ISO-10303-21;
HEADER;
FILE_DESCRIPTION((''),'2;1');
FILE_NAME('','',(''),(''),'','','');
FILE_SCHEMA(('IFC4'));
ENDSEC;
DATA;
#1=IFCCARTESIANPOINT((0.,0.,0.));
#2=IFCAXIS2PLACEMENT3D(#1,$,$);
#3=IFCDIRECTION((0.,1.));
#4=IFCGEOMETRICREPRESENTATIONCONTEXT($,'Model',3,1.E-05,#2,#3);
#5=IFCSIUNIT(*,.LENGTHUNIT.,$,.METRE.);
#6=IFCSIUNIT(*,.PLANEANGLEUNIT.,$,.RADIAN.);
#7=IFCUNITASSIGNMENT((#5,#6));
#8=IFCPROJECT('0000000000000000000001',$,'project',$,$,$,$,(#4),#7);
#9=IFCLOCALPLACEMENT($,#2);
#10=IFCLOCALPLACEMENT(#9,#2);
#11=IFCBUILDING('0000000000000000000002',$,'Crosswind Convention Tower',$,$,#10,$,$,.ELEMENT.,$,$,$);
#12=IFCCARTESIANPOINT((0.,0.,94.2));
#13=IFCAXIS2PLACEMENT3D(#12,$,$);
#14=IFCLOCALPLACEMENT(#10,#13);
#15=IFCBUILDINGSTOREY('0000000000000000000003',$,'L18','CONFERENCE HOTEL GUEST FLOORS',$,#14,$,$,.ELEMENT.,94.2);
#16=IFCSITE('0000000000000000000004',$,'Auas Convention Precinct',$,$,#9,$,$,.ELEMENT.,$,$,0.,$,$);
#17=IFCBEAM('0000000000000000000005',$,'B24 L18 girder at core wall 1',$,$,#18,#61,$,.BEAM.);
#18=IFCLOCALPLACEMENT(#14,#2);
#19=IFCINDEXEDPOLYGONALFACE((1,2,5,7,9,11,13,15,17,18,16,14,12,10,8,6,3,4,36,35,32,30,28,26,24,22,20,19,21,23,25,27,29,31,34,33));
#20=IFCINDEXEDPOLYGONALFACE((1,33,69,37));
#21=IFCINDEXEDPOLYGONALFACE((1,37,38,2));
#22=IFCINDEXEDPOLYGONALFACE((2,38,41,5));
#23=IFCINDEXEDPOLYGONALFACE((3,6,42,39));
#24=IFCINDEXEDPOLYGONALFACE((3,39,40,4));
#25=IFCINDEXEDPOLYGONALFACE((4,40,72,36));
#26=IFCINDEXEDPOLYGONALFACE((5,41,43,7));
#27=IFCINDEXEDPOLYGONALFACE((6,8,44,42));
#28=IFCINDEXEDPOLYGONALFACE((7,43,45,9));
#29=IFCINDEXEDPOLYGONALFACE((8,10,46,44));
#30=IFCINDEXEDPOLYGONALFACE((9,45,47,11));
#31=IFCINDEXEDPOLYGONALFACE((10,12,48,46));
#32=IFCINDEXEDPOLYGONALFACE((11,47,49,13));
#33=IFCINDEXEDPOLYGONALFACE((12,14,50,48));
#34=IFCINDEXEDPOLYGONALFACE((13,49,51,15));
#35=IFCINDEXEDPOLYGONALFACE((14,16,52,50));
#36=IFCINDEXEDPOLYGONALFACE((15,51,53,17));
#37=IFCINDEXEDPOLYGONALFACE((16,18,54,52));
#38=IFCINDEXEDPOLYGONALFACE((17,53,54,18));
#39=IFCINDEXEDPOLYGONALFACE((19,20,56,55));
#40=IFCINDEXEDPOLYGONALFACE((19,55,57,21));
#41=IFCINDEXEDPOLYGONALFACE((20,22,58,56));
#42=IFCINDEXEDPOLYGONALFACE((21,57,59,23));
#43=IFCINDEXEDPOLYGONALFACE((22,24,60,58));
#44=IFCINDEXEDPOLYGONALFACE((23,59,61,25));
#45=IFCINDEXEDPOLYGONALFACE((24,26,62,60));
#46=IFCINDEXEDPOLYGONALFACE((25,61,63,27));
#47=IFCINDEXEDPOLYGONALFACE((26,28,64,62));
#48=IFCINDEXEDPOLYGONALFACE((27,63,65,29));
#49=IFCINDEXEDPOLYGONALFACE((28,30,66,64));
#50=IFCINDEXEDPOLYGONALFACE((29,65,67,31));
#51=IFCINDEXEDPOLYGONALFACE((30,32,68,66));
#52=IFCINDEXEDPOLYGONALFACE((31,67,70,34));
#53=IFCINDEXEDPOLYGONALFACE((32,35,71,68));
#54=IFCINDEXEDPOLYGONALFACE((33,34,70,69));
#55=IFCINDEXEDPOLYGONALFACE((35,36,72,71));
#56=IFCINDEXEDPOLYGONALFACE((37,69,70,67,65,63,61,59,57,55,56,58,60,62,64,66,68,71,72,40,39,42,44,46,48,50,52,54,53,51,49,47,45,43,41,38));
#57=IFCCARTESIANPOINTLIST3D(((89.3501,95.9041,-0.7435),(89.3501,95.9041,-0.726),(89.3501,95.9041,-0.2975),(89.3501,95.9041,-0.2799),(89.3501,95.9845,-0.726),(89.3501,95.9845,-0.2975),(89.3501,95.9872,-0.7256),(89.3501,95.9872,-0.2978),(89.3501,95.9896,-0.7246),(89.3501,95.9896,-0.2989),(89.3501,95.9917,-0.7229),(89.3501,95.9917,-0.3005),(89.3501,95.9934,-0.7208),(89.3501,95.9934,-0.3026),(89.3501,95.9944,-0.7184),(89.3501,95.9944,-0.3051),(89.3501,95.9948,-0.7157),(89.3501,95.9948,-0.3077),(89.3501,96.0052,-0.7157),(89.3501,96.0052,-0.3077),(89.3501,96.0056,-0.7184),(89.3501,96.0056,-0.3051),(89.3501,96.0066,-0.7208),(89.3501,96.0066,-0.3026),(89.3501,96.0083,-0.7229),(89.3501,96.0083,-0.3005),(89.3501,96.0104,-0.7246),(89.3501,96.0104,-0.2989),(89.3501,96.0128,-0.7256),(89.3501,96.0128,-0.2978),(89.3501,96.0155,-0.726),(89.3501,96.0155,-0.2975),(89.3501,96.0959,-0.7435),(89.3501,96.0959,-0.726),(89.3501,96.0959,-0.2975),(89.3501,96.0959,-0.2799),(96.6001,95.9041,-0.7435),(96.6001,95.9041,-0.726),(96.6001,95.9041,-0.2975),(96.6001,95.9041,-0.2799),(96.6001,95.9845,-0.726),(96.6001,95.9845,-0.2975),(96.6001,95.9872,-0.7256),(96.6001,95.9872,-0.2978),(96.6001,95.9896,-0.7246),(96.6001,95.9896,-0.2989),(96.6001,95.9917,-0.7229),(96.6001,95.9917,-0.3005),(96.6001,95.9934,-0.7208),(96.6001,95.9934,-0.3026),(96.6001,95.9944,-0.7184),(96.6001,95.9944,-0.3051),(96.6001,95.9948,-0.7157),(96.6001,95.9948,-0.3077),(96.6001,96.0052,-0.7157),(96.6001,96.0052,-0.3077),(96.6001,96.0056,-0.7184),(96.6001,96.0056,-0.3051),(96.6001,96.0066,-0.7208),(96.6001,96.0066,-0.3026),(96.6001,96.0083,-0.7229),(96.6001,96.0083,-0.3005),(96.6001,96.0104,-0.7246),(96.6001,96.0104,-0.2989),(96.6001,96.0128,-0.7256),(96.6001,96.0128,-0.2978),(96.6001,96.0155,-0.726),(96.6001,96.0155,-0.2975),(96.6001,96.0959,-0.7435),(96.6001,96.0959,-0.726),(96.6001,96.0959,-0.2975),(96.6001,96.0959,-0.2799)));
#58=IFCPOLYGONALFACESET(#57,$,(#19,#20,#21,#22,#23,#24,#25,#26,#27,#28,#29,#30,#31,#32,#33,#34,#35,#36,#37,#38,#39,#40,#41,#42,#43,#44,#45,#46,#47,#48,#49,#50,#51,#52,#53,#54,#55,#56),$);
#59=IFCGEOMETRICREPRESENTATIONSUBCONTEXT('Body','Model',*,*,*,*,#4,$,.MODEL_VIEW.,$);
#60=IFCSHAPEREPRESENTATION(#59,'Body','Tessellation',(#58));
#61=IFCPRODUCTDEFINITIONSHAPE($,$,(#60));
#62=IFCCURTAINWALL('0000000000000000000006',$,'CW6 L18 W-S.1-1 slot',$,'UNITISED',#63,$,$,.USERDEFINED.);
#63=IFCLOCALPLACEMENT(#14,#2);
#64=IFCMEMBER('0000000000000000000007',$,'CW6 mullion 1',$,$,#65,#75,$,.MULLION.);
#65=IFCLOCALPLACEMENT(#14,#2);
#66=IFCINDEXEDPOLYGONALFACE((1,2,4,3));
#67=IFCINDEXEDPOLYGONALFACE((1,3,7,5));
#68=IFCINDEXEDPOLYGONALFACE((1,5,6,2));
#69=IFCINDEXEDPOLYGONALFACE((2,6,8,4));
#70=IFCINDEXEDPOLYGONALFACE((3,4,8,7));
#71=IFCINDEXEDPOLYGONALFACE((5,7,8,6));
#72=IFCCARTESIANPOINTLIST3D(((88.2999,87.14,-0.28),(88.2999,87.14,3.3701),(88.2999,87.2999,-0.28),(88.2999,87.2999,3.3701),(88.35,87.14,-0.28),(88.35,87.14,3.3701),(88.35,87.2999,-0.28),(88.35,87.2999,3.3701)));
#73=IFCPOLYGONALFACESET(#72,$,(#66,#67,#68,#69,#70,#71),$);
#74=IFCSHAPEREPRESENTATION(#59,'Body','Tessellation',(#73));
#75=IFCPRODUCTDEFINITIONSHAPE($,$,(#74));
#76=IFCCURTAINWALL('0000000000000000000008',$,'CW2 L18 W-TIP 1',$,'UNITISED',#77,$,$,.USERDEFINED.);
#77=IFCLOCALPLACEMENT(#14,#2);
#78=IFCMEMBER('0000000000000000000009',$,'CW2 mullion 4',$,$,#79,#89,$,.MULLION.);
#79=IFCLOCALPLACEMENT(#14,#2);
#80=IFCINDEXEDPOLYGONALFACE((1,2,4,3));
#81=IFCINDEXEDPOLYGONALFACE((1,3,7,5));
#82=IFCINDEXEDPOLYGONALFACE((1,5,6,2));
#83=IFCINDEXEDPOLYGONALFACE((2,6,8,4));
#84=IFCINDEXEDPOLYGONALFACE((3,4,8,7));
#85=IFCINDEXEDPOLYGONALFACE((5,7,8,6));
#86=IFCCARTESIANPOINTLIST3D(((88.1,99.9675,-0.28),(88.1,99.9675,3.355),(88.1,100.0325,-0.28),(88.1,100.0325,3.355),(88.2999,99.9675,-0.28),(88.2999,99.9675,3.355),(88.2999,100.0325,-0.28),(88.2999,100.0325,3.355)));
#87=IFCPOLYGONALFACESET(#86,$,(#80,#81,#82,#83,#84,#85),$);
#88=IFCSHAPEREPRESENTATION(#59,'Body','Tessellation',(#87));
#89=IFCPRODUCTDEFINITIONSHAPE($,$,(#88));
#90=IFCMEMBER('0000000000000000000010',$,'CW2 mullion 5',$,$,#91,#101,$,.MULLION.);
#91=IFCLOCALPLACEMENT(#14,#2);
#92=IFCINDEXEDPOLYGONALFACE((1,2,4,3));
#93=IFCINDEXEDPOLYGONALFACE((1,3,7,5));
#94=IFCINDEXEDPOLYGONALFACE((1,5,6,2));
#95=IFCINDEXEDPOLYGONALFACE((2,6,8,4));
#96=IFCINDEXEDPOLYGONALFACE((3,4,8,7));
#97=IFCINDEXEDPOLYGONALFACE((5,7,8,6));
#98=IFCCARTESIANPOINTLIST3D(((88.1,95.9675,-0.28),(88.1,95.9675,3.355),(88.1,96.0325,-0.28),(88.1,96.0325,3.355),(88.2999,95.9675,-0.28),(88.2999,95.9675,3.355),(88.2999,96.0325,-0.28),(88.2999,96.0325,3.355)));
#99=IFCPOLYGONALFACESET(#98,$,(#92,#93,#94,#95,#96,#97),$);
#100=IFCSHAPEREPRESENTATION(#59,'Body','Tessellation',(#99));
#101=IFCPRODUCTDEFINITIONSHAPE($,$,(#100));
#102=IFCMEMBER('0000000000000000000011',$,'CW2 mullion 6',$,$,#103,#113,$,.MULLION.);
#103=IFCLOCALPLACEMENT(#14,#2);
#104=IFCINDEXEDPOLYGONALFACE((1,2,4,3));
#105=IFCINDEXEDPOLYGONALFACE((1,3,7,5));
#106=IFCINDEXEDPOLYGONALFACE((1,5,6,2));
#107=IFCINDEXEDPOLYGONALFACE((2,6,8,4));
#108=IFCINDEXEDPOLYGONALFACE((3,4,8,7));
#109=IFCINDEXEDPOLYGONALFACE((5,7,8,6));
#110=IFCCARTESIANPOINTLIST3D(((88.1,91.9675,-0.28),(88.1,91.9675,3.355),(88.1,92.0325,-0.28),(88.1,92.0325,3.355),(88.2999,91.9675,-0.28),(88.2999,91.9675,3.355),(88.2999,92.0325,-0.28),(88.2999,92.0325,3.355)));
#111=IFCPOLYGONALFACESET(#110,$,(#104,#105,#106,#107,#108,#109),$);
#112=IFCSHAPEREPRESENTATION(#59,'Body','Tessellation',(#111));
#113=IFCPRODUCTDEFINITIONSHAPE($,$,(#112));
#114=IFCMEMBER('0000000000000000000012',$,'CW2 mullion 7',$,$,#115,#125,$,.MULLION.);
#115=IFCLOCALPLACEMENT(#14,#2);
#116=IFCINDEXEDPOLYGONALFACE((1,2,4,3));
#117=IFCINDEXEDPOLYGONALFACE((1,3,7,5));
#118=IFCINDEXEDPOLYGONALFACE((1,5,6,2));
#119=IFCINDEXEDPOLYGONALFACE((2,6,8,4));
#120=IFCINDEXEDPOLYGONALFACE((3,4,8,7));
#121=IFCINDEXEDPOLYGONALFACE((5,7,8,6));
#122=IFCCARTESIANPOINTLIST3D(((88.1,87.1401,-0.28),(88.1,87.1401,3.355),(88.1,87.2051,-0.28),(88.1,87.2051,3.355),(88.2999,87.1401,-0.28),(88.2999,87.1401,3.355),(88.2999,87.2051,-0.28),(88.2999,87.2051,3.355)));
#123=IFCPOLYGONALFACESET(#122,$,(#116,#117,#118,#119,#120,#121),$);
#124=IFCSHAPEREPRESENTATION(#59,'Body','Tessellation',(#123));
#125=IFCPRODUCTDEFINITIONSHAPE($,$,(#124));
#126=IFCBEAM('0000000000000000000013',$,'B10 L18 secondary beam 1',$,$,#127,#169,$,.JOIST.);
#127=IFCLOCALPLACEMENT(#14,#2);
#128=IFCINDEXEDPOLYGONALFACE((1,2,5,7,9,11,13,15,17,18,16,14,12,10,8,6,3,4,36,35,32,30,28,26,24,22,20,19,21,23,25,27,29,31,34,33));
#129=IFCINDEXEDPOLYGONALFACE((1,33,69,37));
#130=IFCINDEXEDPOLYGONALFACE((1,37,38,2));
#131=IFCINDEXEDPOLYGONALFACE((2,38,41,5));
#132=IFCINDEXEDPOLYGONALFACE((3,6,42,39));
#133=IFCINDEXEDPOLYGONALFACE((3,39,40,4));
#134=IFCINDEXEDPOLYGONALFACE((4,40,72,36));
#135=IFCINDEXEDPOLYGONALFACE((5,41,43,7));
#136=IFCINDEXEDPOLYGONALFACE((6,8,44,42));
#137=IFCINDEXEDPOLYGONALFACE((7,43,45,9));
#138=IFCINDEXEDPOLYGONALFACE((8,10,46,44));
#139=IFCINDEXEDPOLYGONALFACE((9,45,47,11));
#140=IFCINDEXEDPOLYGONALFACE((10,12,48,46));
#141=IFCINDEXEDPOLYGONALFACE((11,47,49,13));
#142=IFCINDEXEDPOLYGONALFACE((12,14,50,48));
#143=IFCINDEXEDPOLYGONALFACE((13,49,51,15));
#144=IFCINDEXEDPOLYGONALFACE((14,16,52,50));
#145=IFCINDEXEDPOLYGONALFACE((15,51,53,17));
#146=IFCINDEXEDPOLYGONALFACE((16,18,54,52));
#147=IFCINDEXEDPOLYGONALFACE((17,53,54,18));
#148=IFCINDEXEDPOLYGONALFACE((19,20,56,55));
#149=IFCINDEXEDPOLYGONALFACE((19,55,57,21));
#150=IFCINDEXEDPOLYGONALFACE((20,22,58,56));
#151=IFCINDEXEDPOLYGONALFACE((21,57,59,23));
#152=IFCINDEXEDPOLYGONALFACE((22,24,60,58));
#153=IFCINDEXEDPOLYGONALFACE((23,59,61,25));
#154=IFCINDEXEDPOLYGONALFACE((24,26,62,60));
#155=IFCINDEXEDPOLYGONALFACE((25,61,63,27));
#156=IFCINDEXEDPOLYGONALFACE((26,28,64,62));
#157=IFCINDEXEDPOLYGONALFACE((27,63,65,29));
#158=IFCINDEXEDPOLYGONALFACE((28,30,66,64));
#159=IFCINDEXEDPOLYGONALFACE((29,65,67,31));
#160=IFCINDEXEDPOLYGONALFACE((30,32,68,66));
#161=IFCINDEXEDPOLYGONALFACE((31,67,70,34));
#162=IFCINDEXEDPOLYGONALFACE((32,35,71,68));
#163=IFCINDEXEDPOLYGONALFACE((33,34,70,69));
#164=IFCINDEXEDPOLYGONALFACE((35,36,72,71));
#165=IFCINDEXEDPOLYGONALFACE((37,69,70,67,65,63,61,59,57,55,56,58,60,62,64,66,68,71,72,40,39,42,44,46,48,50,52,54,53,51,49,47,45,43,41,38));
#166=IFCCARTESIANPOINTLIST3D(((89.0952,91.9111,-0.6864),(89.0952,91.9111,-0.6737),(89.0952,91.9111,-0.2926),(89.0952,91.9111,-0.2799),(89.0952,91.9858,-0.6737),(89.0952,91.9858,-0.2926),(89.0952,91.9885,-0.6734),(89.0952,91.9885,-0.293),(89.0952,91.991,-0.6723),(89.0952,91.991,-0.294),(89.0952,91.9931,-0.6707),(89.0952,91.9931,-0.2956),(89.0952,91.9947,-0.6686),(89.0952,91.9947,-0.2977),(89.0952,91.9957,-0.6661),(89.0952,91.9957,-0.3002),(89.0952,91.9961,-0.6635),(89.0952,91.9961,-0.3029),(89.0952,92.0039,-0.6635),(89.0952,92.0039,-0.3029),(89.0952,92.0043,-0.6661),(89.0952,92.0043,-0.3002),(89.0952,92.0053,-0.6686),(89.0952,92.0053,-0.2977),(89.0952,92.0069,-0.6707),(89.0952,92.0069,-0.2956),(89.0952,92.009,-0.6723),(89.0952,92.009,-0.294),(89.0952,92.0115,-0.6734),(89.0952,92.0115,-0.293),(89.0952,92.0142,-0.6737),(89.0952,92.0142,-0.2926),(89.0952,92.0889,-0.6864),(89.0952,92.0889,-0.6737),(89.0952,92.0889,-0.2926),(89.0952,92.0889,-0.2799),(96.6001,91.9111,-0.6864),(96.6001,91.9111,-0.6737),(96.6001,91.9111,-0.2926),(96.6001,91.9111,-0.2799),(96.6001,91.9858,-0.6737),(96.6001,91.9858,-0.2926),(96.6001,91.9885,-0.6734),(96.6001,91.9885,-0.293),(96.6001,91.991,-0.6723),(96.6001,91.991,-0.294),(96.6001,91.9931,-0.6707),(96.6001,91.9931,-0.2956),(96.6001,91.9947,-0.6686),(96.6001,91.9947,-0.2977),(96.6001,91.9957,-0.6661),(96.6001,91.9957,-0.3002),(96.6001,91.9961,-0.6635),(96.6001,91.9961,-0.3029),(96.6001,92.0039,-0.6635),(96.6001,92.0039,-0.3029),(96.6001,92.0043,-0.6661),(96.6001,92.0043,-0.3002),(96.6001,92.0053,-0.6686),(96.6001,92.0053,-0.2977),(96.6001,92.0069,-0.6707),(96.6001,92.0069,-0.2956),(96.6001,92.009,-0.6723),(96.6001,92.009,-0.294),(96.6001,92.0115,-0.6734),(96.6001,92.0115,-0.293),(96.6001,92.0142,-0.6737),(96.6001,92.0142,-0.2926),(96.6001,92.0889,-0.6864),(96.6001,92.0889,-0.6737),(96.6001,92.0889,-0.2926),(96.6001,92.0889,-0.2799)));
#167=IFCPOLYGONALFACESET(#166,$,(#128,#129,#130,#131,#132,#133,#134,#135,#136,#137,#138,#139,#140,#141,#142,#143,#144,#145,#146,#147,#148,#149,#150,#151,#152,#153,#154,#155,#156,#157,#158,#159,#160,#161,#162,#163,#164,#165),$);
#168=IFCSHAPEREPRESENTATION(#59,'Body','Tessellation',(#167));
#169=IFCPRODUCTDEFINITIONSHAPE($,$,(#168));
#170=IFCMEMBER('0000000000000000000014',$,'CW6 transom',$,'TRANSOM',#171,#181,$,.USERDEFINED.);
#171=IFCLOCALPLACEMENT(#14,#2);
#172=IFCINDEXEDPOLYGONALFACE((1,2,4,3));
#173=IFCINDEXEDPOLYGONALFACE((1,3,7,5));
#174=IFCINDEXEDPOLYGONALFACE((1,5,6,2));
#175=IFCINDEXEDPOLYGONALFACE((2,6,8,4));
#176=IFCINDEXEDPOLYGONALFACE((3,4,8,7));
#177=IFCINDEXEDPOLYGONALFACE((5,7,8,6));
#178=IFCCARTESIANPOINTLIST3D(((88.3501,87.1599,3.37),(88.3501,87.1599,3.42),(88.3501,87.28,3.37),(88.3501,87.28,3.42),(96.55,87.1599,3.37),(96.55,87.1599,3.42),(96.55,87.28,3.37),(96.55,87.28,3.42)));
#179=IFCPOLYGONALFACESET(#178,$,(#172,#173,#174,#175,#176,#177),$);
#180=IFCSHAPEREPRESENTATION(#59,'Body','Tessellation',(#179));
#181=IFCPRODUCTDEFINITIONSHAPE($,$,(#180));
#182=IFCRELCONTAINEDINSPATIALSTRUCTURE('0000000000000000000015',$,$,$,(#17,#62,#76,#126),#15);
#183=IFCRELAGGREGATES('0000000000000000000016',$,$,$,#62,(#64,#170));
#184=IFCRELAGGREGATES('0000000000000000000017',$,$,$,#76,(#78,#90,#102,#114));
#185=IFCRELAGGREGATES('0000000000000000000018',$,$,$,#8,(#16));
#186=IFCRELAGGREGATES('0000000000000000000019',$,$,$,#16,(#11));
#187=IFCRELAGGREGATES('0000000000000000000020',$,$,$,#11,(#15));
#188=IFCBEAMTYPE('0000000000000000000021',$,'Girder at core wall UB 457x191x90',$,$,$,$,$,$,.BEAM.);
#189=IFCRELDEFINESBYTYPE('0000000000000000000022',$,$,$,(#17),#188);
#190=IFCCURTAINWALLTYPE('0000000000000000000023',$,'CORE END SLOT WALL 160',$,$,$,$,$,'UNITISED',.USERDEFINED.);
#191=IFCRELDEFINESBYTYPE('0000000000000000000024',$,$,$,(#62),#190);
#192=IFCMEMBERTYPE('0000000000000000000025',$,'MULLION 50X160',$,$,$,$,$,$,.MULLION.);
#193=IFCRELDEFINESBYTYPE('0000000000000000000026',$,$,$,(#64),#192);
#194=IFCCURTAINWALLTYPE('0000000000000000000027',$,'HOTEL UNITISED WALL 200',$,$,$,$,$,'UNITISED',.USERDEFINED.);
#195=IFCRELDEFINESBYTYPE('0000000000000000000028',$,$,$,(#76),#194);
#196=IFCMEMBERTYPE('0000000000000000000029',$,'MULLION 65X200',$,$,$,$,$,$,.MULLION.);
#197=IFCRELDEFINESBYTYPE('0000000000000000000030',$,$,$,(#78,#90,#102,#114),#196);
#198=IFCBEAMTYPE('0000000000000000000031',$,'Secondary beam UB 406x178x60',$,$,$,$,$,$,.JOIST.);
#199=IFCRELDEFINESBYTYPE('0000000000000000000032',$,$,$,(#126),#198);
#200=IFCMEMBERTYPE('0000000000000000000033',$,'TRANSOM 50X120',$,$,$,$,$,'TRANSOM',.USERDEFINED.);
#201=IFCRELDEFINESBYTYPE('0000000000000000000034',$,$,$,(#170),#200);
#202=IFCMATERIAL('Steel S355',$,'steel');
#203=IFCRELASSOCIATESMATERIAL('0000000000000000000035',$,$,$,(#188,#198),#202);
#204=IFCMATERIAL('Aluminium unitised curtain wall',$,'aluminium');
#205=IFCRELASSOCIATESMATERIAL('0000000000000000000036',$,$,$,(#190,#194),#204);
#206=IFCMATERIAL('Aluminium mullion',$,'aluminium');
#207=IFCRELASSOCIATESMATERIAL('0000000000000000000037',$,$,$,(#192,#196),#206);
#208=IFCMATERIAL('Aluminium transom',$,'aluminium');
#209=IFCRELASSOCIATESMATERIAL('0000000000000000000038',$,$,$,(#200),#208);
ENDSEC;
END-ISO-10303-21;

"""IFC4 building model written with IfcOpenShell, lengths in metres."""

from ifc_helpers import new_model, si_unit, direction, frame, origin, origin_2d, place, context, subcontext, project, spatial, rectangle, i_section, extrude, material, material_profile, profile_set, type_object, element, aggregate, save


model = new_model("IFC4")

# Units and contexts
model_context = context("Model", 3, precision=1e-05, world=origin(), true_north=direction((0.0, 1.0)))
body_context = subcontext(model_context, "Body", "Model", "MODEL_VIEW")
ifc_project = project(units=[si_unit("LENGTHUNIT", "METRE"), si_unit("PLANEANGLEUNIT", "RADIAN")], contexts=[model_context])

# Site, building, storey
site_placement = place(None, origin())
site = spatial("IfcSite", under=ifc_project, at=site_placement, Name="Auas Convention Precinct", CompositionType="ELEMENT", RefElevation=0.0)
building_placement = place(site_placement, origin())
building = spatial("IfcBuilding", under=site, at=building_placement, Name="Crosswind Convention Tower", CompositionType="ELEMENT")
storey_placement = place(building_placement, frame((0.0, 0.0, 94.2)))
storey = spatial("IfcBuildingStorey", under=building, at=storey_placement, Name="L18", Description="CONFERENCE HOTEL GUEST FLOORS", CompositionType="ELEMENT", Elevation=94.2)

# Beam
ifc_material_1 = material(Name="Steel S355", Category="steel")
ifc_material_profile_1 = material_profile(ifc_material_1, i_section(OverallWidth=0.1919, OverallDepth=0.4636, WebThickness=0.0105, FlangeThickness=0.0176, FilletRadius=0.0103, at=origin_2d()), Name="UB 457x191x90")
ifc_profile_set_1 = profile_set([ifc_material_profile_1], Name="Steel S355")
beam_type_1 = type_object("IfcBeamType", Name="Girder at core wall UB 457x191x90", PredefinedType="BEAM", material=ifc_profile_set_1)
beam_1_placement = place(storey_placement, frame((89.3501, 96.0, -0.5117), z_axis=(1.0, 0.0, 0.0), x_axis=(0.0, 1.0, 0.0)))
element("IfcBeam", 1, at=beam_1_placement, inside=storey, type_object=beam_type_1, Name="B24 L18 girder at core wall 1", PredefinedType="BEAM", context=body_context, shape_type="SweptSolid", body=[
    extrude(i_section(OverallWidth=0.1919, OverallDepth=0.4636, WebThickness=0.0105, FlangeThickness=0.0176, FilletRadius=0.0103, at=origin_2d()), origin(), (0.0, 0.0, 1.0), 7.25),
])

# Curtain wall, member
ifc_material_2 = material(Name="Aluminium unitised curtain wall", Category="aluminium")
curtain_wall_type_1 = type_object("IfcCurtainWallType", Name="CORE END SLOT WALL 160", ElementType="UNITISED", PredefinedType="USERDEFINED", material=ifc_material_2)
curtain_wall_1_placement = place(storey_placement, origin())
curtain_wall_1 = element("IfcCurtainWall", 2, at=curtain_wall_1_placement, inside=storey, type_object=curtain_wall_type_1, Name="CW6 L18 W-S.1-1 slot", ObjectType="UNITISED", PredefinedType="USERDEFINED")
ifc_material_3 = material(Name="Aluminium mullion", Category="aluminium")
ifc_material_profile_2 = material_profile(ifc_material_3, rectangle(XDim=0.1599, YDim=0.05, at=origin_2d()), Name="AL 160X50")
ifc_profile_set_2 = profile_set([ifc_material_profile_2], Name="Aluminium mullion")
member_type_1 = type_object("IfcMemberType", Name="MULLION 50X160", PredefinedType="MULLION", material=ifc_profile_set_2)
member_1_placement = place(storey_placement, frame((88.325, 87.22, -0.28), z_axis=(0.0, 0.0, 1.0), x_axis=(0.0, -1.0, 0.0)))
member_1 = element("IfcMember", 3, at=member_1_placement, type_object=member_type_1, Name="CW6 mullion 1", PredefinedType="MULLION", context=body_context, shape_type="SweptSolid", body=[
    extrude(rectangle(XDim=0.1599, YDim=0.05, at=origin_2d()), origin(), (0.0, 0.0, 1.0), 3.6501),
])

# Curtain wall, members
curtain_wall_type_2 = type_object("IfcCurtainWallType", Name="HOTEL UNITISED WALL 200", ElementType="UNITISED", PredefinedType="USERDEFINED", material=ifc_material_2)
curtain_wall_2_placement = place(storey_placement, origin())
curtain_wall_2 = element("IfcCurtainWall", 4, at=curtain_wall_2_placement, inside=storey, type_object=curtain_wall_type_2, Name="CW2 L18 W-TIP 1", ObjectType="UNITISED", PredefinedType="USERDEFINED")
ifc_material_profile_3 = material_profile(ifc_material_3, rectangle(XDim=0.2, YDim=0.0649, at=origin_2d()), Name="AL 200X65")
ifc_profile_set_3 = profile_set([ifc_material_profile_3], Name="Aluminium mullion")
member_type_2 = type_object("IfcMemberType", Name="MULLION 65X200", PredefinedType="MULLION", material=ifc_profile_set_3)
member_2_placement = place(storey_placement, frame((88.2, 100.0, -0.28), z_axis=(0.0, 0.0, 1.0), x_axis=(-1.0, 0.0, 0.0)))
member_2 = element("IfcMember", 5, at=member_2_placement, type_object=member_type_2, Name="CW2 mullion 4", PredefinedType="MULLION", context=body_context, shape_type="SweptSolid", body=[
    extrude(rectangle(XDim=0.2, YDim=0.0649, at=origin_2d()), origin(), (0.0, 0.0, 1.0), 3.635),
])
member_3_placement = place(storey_placement, frame((88.2, 96.0, -0.28), z_axis=(0.0, 0.0, 1.0), x_axis=(-1.0, 0.0, 0.0)))
member_3 = element("IfcMember", 6, at=member_3_placement, type_object=member_type_2, Name="CW2 mullion 5", PredefinedType="MULLION", context=body_context, shape_type="SweptSolid", body=[
    extrude(rectangle(XDim=0.2, YDim=0.0649, at=origin_2d()), origin(), (0.0, 0.0, 1.0), 3.635),
])
member_4_placement = place(storey_placement, frame((88.2, 92.0, -0.28), z_axis=(0.0, 0.0, 1.0), x_axis=(-1.0, 0.0, 0.0)))
member_4 = element("IfcMember", 7, at=member_4_placement, type_object=member_type_2, Name="CW2 mullion 6", PredefinedType="MULLION", context=body_context, shape_type="SweptSolid", body=[
    extrude(rectangle(XDim=0.2, YDim=0.0649, at=origin_2d()), origin(), (0.0, 0.0, 1.0), 3.635),
])
member_5_placement = place(storey_placement, frame((88.2, 87.1726, -0.28), z_axis=(0.0, 0.0, 1.0), x_axis=(-1.0, 0.0, 0.0)))
member_5 = element("IfcMember", 8, at=member_5_placement, type_object=member_type_2, Name="CW2 mullion 7", PredefinedType="MULLION", context=body_context, shape_type="SweptSolid", body=[
    extrude(rectangle(XDim=0.2, YDim=0.0649, at=origin_2d()), origin(), (0.0, 0.0, 1.0), 3.635),
])

# Beam
ifc_material_profile_4 = material_profile(ifc_material_1, i_section(OverallWidth=0.1777, OverallDepth=0.4065, WebThickness=0.0078, FlangeThickness=0.0127, FilletRadius=0.0103, at=origin_2d()), Name="UB 406x178x60")
ifc_profile_set_4 = profile_set([ifc_material_profile_4], Name="Steel S355")
beam_type_2 = type_object("IfcBeamType", Name="Secondary beam UB 406x178x60", PredefinedType="JOIST", material=ifc_profile_set_4)
beam_2_placement = place(storey_placement, frame((89.0952, 92.0, -0.4832), z_axis=(1.0, 0.0, 0.0), x_axis=(0.0, 1.0, 0.0)))
element("IfcBeam", 9, at=beam_2_placement, inside=storey, type_object=beam_type_2, Name="B10 L18 secondary beam 1", PredefinedType="JOIST", context=body_context, shape_type="SweptSolid", body=[
    extrude(i_section(OverallWidth=0.1777, OverallDepth=0.4065, WebThickness=0.0078, FlangeThickness=0.0127, FilletRadius=0.0103, at=origin_2d()), origin(), (0.0, 0.0, 1.0), 7.5049),
])

# Member
ifc_material_4 = material(Name="Aluminium transom", Category="aluminium")
ifc_material_profile_5 = material_profile(ifc_material_4, rectangle(XDim=0.1201, YDim=0.05, at=origin_2d()), Name="AL 120X50")
ifc_profile_set_5 = profile_set([ifc_material_profile_5], Name="Aluminium transom")
member_type_3 = type_object("IfcMemberType", Name="TRANSOM 50X120", ElementType="TRANSOM", PredefinedType="USERDEFINED", material=ifc_profile_set_5)
member_6_placement = place(storey_placement, frame((88.3501, 87.22, 3.395), z_axis=(1.0, 0.0, 0.0), x_axis=(0.0, 1.0, 0.0)))
member_6 = element("IfcMember", 10, at=member_6_placement, type_object=member_type_3, Name="CW6 transom", ObjectType="TRANSOM", PredefinedType="USERDEFINED", context=body_context, shape_type="SweptSolid", body=[
    extrude(rectangle(XDim=0.1201, YDim=0.05, at=origin_2d()), origin(), (0.0, 0.0, 1.0), 8.2),
])

aggregate(curtain_wall_1, [member_1, member_6])
aggregate(curtain_wall_2, [member_2, member_3, member_4, member_5])

save(model, "model.ifc")
